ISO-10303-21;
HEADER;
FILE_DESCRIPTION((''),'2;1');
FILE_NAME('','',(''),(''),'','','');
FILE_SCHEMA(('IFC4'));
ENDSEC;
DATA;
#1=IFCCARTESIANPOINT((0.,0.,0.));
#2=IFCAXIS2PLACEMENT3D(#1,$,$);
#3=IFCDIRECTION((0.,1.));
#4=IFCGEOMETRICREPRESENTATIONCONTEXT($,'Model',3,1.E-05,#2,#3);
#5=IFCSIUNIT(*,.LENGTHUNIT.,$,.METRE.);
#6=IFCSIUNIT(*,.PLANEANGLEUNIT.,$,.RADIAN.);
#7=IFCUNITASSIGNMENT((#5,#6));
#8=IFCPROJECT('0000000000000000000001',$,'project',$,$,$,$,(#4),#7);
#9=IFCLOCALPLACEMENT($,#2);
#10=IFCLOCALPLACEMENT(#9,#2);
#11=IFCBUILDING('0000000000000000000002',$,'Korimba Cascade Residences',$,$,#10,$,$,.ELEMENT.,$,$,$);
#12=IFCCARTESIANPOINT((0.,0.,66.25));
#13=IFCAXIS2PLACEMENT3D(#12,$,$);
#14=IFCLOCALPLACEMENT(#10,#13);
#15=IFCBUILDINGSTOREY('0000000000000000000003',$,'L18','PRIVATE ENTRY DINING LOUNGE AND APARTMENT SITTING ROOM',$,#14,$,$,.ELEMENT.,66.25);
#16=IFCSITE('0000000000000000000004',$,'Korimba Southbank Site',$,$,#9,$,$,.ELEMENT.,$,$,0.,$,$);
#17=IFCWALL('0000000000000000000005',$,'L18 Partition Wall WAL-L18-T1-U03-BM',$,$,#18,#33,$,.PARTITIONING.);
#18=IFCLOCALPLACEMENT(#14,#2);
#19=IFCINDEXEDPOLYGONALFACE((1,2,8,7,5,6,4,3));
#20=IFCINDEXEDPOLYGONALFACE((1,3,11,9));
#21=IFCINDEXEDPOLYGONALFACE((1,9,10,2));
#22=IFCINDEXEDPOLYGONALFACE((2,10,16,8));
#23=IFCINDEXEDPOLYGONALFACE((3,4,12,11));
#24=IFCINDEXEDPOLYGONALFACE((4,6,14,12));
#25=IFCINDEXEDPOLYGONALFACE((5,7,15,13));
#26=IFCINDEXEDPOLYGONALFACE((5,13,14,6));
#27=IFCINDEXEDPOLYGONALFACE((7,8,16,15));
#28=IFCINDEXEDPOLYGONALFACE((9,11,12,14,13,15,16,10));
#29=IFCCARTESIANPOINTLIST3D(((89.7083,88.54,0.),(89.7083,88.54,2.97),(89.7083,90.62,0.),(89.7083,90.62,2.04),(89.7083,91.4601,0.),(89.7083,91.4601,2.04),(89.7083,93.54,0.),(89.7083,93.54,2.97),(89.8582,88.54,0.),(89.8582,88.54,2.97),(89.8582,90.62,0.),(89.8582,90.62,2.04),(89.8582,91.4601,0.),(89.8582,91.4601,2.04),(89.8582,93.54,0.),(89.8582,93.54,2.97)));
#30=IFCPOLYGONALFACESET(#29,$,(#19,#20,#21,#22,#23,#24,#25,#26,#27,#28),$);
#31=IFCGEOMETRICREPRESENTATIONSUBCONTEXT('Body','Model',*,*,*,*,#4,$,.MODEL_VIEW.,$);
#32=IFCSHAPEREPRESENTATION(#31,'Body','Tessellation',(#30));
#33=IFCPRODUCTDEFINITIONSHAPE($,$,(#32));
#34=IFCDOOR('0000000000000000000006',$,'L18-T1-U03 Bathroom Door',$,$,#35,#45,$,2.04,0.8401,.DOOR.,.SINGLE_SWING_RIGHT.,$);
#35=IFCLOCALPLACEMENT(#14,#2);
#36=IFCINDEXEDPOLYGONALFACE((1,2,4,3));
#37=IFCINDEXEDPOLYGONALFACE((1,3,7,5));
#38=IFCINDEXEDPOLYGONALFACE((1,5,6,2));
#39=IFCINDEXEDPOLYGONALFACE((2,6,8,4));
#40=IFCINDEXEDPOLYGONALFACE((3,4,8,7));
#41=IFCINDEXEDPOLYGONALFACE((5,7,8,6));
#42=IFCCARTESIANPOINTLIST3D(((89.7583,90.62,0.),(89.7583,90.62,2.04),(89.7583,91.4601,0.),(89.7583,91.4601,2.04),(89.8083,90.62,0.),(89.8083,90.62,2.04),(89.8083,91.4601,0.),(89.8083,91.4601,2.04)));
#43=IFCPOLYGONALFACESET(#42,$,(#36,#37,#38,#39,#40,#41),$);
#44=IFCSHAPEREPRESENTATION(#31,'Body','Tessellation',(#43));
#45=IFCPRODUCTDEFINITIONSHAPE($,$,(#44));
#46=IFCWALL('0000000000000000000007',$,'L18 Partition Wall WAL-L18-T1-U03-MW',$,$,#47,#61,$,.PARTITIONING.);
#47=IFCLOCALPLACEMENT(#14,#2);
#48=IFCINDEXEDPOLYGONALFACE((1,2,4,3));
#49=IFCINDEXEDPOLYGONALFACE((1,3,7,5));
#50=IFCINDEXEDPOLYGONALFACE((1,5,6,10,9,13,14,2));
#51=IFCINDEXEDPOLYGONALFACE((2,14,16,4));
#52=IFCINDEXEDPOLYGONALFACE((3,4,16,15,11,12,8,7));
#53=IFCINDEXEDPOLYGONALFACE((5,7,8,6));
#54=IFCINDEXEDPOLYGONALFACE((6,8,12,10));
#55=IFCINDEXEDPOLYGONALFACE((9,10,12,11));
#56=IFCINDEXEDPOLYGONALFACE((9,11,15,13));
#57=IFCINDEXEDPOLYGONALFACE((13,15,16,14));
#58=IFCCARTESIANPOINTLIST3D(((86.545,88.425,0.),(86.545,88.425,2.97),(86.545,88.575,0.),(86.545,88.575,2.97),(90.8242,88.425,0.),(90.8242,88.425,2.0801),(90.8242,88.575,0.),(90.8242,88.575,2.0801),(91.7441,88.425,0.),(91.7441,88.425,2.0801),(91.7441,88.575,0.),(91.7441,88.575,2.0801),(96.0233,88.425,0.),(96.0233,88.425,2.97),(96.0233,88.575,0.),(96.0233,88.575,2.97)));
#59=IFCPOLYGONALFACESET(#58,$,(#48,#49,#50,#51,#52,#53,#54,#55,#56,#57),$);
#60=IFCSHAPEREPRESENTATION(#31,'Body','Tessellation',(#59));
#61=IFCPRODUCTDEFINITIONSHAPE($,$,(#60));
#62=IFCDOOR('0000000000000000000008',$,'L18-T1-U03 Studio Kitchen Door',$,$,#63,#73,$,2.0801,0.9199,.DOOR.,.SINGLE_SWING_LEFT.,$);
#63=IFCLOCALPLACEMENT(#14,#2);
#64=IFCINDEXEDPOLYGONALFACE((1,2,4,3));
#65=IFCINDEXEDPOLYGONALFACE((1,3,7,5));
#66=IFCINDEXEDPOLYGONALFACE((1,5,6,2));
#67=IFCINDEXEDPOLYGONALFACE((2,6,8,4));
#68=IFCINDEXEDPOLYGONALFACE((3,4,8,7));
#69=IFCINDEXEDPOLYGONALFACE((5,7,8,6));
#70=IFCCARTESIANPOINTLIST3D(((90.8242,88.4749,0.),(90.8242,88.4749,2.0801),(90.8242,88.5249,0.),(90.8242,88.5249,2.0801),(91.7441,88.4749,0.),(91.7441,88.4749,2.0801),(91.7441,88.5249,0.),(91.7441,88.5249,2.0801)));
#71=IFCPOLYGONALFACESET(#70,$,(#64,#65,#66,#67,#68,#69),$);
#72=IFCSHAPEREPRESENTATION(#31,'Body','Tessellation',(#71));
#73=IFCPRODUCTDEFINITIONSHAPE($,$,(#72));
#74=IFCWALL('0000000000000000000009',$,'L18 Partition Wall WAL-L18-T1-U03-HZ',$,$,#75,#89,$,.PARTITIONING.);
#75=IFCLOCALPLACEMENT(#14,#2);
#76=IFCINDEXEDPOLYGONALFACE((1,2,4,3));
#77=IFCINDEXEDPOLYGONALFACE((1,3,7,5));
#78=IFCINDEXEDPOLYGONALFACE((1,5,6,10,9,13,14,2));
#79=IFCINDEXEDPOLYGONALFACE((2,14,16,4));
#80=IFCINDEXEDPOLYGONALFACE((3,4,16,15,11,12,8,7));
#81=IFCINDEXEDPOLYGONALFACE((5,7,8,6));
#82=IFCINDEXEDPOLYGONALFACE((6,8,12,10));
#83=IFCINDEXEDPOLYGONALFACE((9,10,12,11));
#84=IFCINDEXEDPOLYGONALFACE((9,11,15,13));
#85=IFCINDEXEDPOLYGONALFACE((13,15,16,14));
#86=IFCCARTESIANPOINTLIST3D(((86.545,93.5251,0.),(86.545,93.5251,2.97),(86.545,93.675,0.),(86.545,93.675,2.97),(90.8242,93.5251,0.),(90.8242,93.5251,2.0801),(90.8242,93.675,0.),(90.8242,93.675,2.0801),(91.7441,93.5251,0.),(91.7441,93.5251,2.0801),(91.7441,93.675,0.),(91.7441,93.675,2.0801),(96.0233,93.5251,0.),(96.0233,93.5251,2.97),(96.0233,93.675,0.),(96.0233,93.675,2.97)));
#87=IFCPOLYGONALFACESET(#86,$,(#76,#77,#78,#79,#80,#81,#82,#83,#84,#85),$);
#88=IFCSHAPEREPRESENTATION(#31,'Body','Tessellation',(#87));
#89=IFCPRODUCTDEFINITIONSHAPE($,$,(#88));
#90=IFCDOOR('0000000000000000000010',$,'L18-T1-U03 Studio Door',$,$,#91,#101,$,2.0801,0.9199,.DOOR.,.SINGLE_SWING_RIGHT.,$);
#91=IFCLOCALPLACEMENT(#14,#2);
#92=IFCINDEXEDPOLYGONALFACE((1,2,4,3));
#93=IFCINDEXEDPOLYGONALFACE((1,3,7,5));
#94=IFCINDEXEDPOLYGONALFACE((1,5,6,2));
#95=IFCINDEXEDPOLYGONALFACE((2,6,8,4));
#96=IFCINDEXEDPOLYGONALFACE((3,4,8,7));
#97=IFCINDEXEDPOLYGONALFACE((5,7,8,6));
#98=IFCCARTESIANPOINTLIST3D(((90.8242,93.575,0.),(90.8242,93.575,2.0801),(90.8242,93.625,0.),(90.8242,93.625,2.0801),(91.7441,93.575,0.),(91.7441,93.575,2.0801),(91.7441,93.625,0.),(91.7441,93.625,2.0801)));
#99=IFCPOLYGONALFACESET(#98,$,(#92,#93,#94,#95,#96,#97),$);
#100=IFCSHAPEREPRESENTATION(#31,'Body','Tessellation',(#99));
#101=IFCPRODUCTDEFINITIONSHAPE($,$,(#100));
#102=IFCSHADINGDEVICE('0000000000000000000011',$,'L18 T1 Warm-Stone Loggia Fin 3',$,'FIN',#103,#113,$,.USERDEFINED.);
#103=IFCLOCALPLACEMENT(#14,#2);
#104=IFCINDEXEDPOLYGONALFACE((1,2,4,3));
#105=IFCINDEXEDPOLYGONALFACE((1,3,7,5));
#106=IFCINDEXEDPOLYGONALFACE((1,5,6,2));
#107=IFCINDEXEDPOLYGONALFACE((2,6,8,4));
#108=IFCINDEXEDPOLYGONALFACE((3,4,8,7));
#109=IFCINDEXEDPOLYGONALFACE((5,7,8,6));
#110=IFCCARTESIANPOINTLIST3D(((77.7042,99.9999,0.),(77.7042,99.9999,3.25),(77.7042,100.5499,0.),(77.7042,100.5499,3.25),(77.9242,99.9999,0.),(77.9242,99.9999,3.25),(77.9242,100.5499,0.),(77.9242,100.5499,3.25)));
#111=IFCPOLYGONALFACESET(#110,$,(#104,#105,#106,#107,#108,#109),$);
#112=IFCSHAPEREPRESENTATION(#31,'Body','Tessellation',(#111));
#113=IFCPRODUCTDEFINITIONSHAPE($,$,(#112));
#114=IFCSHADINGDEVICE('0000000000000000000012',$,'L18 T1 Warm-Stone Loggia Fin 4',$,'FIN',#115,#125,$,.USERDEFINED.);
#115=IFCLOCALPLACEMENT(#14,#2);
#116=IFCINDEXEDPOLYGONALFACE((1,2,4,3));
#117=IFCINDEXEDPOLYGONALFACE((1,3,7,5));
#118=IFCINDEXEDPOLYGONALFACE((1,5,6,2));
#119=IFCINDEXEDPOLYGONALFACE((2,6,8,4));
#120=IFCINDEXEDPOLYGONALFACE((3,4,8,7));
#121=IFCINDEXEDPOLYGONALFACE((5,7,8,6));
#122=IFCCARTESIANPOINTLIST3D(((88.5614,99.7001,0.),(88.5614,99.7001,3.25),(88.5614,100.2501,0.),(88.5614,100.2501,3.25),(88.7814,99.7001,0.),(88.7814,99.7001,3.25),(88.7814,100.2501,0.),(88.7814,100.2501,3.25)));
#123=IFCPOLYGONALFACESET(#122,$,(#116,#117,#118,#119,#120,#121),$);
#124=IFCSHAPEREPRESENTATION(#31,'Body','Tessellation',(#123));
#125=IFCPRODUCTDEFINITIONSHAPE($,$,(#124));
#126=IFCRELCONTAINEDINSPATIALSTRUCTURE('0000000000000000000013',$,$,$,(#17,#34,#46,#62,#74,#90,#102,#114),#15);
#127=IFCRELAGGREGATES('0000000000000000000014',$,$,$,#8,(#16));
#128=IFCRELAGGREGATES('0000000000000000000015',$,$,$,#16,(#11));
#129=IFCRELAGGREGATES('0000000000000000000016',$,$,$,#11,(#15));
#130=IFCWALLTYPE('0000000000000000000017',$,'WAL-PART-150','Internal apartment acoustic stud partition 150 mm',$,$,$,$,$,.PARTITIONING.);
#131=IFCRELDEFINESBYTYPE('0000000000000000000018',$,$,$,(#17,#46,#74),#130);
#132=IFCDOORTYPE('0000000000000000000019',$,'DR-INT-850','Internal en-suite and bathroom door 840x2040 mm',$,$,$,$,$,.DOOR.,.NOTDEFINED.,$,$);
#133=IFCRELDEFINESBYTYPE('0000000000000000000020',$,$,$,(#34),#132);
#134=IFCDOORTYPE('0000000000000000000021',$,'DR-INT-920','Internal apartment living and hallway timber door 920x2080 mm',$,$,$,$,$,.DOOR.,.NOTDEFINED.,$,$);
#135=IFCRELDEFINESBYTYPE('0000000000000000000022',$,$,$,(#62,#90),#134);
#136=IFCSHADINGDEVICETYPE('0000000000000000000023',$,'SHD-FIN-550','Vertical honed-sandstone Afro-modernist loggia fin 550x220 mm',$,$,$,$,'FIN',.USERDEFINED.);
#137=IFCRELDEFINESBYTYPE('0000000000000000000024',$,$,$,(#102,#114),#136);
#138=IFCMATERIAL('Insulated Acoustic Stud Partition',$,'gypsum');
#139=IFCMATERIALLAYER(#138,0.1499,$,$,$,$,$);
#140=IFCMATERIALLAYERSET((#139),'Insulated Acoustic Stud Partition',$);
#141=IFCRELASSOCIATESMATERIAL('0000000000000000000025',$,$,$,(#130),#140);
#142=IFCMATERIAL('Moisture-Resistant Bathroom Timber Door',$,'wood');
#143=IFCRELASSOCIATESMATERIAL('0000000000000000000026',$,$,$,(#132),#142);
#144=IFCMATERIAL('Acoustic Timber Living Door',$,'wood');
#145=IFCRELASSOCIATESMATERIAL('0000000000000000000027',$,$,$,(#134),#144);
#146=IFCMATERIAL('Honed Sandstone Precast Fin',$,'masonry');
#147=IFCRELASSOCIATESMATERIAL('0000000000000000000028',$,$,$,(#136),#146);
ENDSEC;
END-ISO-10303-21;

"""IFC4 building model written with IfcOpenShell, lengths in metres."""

from ifc_helpers import new_model, si_unit, direction, frame, frame_2d, origin, origin_2d, place, context, subcontext, project, spatial, rectangle, extrude, material, layer, layer_set, type_object, element, fill, save


model = new_model("IFC4")

# Units and contexts
model_context = context("Model", 3, precision=1e-05, world=origin(), true_north=direction((0.0, 1.0)))
body_context = subcontext(model_context, "Body", "Model", "MODEL_VIEW")
ifc_project = project(units=[si_unit("LENGTHUNIT", "METRE"), si_unit("PLANEANGLEUNIT", "RADIAN")], contexts=[model_context])

# Site, building, storey
site_placement = place(None, origin())
site = spatial("IfcSite", under=ifc_project, at=site_placement, Name="Korimba Southbank Site", CompositionType="ELEMENT", RefElevation=0.0)
building_placement = place(site_placement, origin())
building = spatial("IfcBuilding", under=site, at=building_placement, Name="Korimba Cascade Residences", CompositionType="ELEMENT")
storey_placement = place(building_placement, frame((0.0, 0.0, 66.25)))
storey = spatial("IfcBuildingStorey", under=building, at=storey_placement, Name="L18", Description="PRIVATE ENTRY DINING LOUNGE AND APARTMENT SITTING ROOM", CompositionType="ELEMENT", Elevation=66.25)

# Walls, openings, doors
ifc_material_1 = material(Name="Insulated Acoustic Stud Partition", Category="gypsum")
ifc_layer = layer(ifc_material_1, 0.1499)
ifc_layer_set = layer_set([ifc_layer], Name="Insulated Acoustic Stud Partition")
wall_type = type_object("IfcWallType", Name="WAL-PART-150", Description="Internal apartment acoustic stud partition 150 mm", PredefinedType="PARTITIONING", material=ifc_layer_set)
wall_1_placement = place(storey_placement, frame((89.7832, 88.54, 0.0), z_axis=(0.0, 0.0, 1.0), x_axis=(0.0, 1.0, 0.0)))
wall_1 = element("IfcWall", 1, at=wall_1_placement, inside=storey, type_object=wall_type, Name="L18 Partition Wall WAL-L18-T1-U03-BM", PredefinedType="PARTITIONING", context=body_context, shape_type="SweptSolid", body=[
    extrude(rectangle(XDim=5.0, YDim=0.1499, at=frame_2d((2.5, 0.0))), origin(), (0.0, 0.0, 1.0), 2.97),
])
opening_1_placement = place(wall_1_placement, frame((2.0801, 0.0, 0.0)))
opening_1 = element("IfcOpeningElement", 2, at=opening_1_placement, cuts=wall_1, PredefinedType="OPENING", context=body_context, shape_type="SweptSolid", body=[
    extrude(rectangle(XDim=0.8401, YDim=2.04, at=frame_2d((0.4199, 1.02))), frame((0.0, 0.085, 0.0), z_axis=(0.0, -1.0, 0.0), x_axis=(1.0, 0.0, 0.0)), (0.0, 0.0, 1.0), 0.1699),
])
ifc_material_2 = material(Name="Moisture-Resistant Bathroom Timber Door", Category="wood")
door_type_1 = type_object("IfcDoorType", Name="DR-INT-850", Description="Internal en-suite and bathroom door 840x2040 mm", OperationType="NOTDEFINED", PredefinedType="DOOR", material=ifc_material_2)
door_1_placement = place(opening_1_placement, origin())
door_1 = element("IfcDoor", 3, at=door_1_placement, inside=storey, type_object=door_type_1, Name="L18-T1-U03 Bathroom Door", OperationType="SINGLE_SWING_RIGHT", OverallHeight=2.04, OverallWidth=0.8401, PredefinedType="DOOR", context=body_context, shape_type="SweptSolid", body=[
    extrude(rectangle(XDim=0.8401, YDim=2.04, at=frame_2d((0.4199, 1.02))), frame((0.0, 0.0249, 0.0), z_axis=(0.0, -1.0, 0.0), x_axis=(1.0, 0.0, 0.0)), (0.0, 0.0, 1.0), 0.05),
])
fill(opening_1, door_1)
wall_2_placement = place(storey_placement, frame((86.5449, 88.5, 0.0), z_axis=(0.0, 0.0, 1.0), x_axis=(1.0, 0.0, 0.0)))
wall_2 = element("IfcWall", 4, at=wall_2_placement, inside=storey, type_object=wall_type, Name="L18 Partition Wall WAL-L18-T1-U03-MW", PredefinedType="PARTITIONING", context=body_context, shape_type="SweptSolid", body=[
    extrude(rectangle(XDim=9.4783, YDim=0.1499, at=frame_2d((4.7393, 0.0))), origin(), (0.0, 0.0, 1.0), 2.97),
])
opening_2_placement = place(wall_2_placement, frame((4.2793, 0.0, 0.0)))
opening_2 = element("IfcOpeningElement", 5, at=opening_2_placement, cuts=wall_2, PredefinedType="OPENING", context=body_context, shape_type="SweptSolid", body=[
    extrude(rectangle(XDim=0.9199, YDim=2.0801, at=frame_2d((0.46, 1.04))), frame((0.0, 0.085, 0.0), z_axis=(0.0, -1.0, 0.0), x_axis=(1.0, 0.0, 0.0)), (0.0, 0.0, 1.0), 0.1699),
])
ifc_material_3 = material(Name="Acoustic Timber Living Door", Category="wood")
door_type_2 = type_object("IfcDoorType", Name="DR-INT-920", Description="Internal apartment living and hallway timber door 920x2080 mm", OperationType="NOTDEFINED", PredefinedType="DOOR", material=ifc_material_3)
door_2_placement = place(opening_2_placement, origin())
door_2 = element("IfcDoor", 6, at=door_2_placement, inside=storey, type_object=door_type_2, Name="L18-T1-U03 Studio Kitchen Door", OperationType="SINGLE_SWING_LEFT", OverallHeight=2.0801, OverallWidth=0.9199, PredefinedType="DOOR", context=body_context, shape_type="SweptSolid", body=[
    extrude(rectangle(XDim=0.9199, YDim=2.0801, at=frame_2d((0.46, 1.04))), frame((0.0, 0.0249, 0.0), z_axis=(0.0, -1.0, 0.0), x_axis=(1.0, 0.0, 0.0)), (0.0, 0.0, 1.0), 0.05),
])
fill(opening_2, door_2)
wall_3_placement = place(storey_placement, frame((86.5449, 93.6001, 0.0), z_axis=(0.0, 0.0, 1.0), x_axis=(1.0, 0.0, 0.0)))
wall_3 = element("IfcWall", 7, at=wall_3_placement, inside=storey, type_object=wall_type, Name="L18 Partition Wall WAL-L18-T1-U03-HZ", PredefinedType="PARTITIONING", context=body_context, shape_type="SweptSolid", body=[
    extrude(rectangle(XDim=9.4783, YDim=0.1499, at=frame_2d((4.7393, 0.0))), origin(), (0.0, 0.0, 1.0), 2.97),
])
opening_3_placement = place(wall_3_placement, frame((4.2793, 0.0, 0.0)))
opening_3 = element("IfcOpeningElement", 8, at=opening_3_placement, cuts=wall_3, PredefinedType="OPENING", context=body_context, shape_type="SweptSolid", body=[
    extrude(rectangle(XDim=0.9199, YDim=2.0801, at=frame_2d((0.46, 1.04))), frame((0.0, 0.085, 0.0), z_axis=(0.0, -1.0, 0.0), x_axis=(1.0, 0.0, 0.0)), (0.0, 0.0, 1.0), 0.1699),
])
door_3_placement = place(opening_3_placement, origin())
door_3 = element("IfcDoor", 9, at=door_3_placement, inside=storey, type_object=door_type_2, Name="L18-T1-U03 Studio Door", OperationType="SINGLE_SWING_RIGHT", OverallHeight=2.0801, OverallWidth=0.9199, PredefinedType="DOOR", context=body_context, shape_type="SweptSolid", body=[
    extrude(rectangle(XDim=0.9199, YDim=2.0801, at=frame_2d((0.46, 1.04))), frame((0.0, 0.0249, 0.0), z_axis=(0.0, -1.0, 0.0), x_axis=(1.0, 0.0, 0.0)), (0.0, 0.0, 1.0), 0.05),
])
fill(opening_3, door_3)

# Shading devices
ifc_material_4 = material(Name="Honed Sandstone Precast Fin", Category="masonry")
shading_device_type = type_object("IfcShadingDeviceType", Name="SHD-FIN-550", Description="Vertical honed-sandstone Afro-modernist loggia fin 550x220 mm", ElementType="FIN", PredefinedType="USERDEFINED", material=ifc_material_4)
for number, where, z_axis, x_axis, name in (
    (10, (77.8142, 100.2749, 0.0), (0.0, 0.0, 1.0), (1.0, 0.0, 0.0), "L18 T1 Warm-Stone Loggia Fin 3"),
    (11, (88.6714, 99.9751, 0.0), (0.0, 0.0, 1.0), (1.0, 0.0, 0.0), "L18 T1 Warm-Stone Loggia Fin 4"),
):
    element("IfcShadingDevice", number, at=place(storey_placement, frame(where, z_axis=z_axis, x_axis=x_axis)), inside=storey, type_object=shading_device_type, Name=name, ObjectType="FIN", PredefinedType="USERDEFINED", context=body_context, shape_type="SweptSolid", body=[
        extrude(rectangle(XDim=0.22, YDim=0.55, at=origin_2d()), origin(), (0.0, 0.0, 1.0), 3.25),
    ])

save(model, "model.ifc")
